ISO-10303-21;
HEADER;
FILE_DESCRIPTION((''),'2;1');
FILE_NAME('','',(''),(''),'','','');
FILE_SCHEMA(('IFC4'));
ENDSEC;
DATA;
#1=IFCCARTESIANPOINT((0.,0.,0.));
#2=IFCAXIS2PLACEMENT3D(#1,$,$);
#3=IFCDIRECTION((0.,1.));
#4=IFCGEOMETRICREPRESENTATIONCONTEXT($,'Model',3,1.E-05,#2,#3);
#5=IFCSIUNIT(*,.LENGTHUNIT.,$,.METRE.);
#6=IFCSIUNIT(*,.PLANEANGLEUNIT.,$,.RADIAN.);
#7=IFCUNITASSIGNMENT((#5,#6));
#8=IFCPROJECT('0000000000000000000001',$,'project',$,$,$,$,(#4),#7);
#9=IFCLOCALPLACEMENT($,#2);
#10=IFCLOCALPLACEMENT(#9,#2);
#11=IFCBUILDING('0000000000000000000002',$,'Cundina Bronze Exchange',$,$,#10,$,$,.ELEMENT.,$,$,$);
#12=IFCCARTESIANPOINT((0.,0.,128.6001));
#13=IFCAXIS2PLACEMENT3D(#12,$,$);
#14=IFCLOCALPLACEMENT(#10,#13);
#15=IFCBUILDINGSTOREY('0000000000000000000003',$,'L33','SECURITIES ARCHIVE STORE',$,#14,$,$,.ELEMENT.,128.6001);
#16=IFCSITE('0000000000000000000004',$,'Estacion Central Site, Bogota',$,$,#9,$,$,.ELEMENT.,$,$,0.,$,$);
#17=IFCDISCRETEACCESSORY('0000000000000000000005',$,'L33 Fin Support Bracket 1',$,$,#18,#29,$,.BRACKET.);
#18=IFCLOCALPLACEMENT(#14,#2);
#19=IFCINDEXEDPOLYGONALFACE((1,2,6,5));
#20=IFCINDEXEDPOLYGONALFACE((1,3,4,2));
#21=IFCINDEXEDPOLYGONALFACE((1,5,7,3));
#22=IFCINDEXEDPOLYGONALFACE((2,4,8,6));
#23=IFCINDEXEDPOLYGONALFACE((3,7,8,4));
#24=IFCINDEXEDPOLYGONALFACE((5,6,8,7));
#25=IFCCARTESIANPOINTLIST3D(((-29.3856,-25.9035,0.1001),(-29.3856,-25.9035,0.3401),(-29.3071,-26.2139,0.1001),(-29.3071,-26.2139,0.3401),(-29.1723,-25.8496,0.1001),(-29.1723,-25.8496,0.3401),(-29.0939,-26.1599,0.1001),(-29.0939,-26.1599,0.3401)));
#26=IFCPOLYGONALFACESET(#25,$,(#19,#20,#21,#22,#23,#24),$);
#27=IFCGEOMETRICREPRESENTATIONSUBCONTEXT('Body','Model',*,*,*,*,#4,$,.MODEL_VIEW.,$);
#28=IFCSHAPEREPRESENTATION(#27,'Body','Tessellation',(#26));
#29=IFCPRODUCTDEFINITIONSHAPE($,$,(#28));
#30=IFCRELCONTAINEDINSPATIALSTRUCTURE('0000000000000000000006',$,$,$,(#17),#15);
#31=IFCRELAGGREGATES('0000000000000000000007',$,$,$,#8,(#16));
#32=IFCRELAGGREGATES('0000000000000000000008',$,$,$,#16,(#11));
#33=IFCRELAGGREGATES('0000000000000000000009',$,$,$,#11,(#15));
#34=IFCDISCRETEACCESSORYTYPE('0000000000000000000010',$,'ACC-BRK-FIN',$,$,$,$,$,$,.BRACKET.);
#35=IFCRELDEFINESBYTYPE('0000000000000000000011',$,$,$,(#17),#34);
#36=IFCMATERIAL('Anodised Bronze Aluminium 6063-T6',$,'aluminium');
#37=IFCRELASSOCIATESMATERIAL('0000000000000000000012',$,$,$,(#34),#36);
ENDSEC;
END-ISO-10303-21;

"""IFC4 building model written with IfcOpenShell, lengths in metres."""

from ifc_helpers import new_model, si_unit, direction, frame, origin, origin_2d, place, context, subcontext, project, spatial, rectangle, extrude, material, type_object, element, save


model = new_model("IFC4")

# Units and contexts
model_context = context("Model", 3, precision=1e-05, world=origin(), true_north=direction((0.0, 1.0)))
body_context = subcontext(model_context, "Body", "Model", "MODEL_VIEW")
ifc_project = project(units=[si_unit("LENGTHUNIT", "METRE"), si_unit("PLANEANGLEUNIT", "RADIAN")], contexts=[model_context])

# Site, building, storey
site_placement = place(None, origin())
site = spatial("IfcSite", under=ifc_project, at=site_placement, Name="Estacion Central Site, Bogota", CompositionType="ELEMENT", RefElevation=0.0)
building_placement = place(site_placement, origin())
building = spatial("IfcBuilding", under=site, at=building_placement, Name="Cundina Bronze Exchange", CompositionType="ELEMENT")
storey_placement = place(building_placement, frame((0.0, 0.0, 128.6001)))
storey = spatial("IfcBuildingStorey", under=building, at=storey_placement, Name="L33", Description="SECURITIES ARCHIVE STORE", CompositionType="ELEMENT", Elevation=128.6001)

# Shared definitions
ifc_material_1 = material(Name="Anodised Bronze Aluminium 6063-T6", Category="aluminium")

# Discrete accessory
discrete_accessory_type = type_object("IfcDiscreteAccessoryType", Name="ACC-BRK-FIN", PredefinedType="BRACKET", material=ifc_material_1)
discrete_accessory_placement = place(storey_placement, frame((-29.2397, -26.0317, 0.1001), z_axis=(0.0, 0.0, 1.0), x_axis=(0.969488, 0.245138, 0.0)))
element("IfcDiscreteAccessory", 1, at=discrete_accessory_placement, inside=storey, type_object=discrete_accessory_type, Name="L33 Fin Support Bracket 1", PredefinedType="BRACKET", context=body_context, shape_type="SweptSolid", body=[
    extrude(rectangle(XDim=0.22, YDim=0.3201, at=origin_2d()), origin(), (0.0, 0.0, 1.0), 0.24),
])

save(model, "model.ifc")
